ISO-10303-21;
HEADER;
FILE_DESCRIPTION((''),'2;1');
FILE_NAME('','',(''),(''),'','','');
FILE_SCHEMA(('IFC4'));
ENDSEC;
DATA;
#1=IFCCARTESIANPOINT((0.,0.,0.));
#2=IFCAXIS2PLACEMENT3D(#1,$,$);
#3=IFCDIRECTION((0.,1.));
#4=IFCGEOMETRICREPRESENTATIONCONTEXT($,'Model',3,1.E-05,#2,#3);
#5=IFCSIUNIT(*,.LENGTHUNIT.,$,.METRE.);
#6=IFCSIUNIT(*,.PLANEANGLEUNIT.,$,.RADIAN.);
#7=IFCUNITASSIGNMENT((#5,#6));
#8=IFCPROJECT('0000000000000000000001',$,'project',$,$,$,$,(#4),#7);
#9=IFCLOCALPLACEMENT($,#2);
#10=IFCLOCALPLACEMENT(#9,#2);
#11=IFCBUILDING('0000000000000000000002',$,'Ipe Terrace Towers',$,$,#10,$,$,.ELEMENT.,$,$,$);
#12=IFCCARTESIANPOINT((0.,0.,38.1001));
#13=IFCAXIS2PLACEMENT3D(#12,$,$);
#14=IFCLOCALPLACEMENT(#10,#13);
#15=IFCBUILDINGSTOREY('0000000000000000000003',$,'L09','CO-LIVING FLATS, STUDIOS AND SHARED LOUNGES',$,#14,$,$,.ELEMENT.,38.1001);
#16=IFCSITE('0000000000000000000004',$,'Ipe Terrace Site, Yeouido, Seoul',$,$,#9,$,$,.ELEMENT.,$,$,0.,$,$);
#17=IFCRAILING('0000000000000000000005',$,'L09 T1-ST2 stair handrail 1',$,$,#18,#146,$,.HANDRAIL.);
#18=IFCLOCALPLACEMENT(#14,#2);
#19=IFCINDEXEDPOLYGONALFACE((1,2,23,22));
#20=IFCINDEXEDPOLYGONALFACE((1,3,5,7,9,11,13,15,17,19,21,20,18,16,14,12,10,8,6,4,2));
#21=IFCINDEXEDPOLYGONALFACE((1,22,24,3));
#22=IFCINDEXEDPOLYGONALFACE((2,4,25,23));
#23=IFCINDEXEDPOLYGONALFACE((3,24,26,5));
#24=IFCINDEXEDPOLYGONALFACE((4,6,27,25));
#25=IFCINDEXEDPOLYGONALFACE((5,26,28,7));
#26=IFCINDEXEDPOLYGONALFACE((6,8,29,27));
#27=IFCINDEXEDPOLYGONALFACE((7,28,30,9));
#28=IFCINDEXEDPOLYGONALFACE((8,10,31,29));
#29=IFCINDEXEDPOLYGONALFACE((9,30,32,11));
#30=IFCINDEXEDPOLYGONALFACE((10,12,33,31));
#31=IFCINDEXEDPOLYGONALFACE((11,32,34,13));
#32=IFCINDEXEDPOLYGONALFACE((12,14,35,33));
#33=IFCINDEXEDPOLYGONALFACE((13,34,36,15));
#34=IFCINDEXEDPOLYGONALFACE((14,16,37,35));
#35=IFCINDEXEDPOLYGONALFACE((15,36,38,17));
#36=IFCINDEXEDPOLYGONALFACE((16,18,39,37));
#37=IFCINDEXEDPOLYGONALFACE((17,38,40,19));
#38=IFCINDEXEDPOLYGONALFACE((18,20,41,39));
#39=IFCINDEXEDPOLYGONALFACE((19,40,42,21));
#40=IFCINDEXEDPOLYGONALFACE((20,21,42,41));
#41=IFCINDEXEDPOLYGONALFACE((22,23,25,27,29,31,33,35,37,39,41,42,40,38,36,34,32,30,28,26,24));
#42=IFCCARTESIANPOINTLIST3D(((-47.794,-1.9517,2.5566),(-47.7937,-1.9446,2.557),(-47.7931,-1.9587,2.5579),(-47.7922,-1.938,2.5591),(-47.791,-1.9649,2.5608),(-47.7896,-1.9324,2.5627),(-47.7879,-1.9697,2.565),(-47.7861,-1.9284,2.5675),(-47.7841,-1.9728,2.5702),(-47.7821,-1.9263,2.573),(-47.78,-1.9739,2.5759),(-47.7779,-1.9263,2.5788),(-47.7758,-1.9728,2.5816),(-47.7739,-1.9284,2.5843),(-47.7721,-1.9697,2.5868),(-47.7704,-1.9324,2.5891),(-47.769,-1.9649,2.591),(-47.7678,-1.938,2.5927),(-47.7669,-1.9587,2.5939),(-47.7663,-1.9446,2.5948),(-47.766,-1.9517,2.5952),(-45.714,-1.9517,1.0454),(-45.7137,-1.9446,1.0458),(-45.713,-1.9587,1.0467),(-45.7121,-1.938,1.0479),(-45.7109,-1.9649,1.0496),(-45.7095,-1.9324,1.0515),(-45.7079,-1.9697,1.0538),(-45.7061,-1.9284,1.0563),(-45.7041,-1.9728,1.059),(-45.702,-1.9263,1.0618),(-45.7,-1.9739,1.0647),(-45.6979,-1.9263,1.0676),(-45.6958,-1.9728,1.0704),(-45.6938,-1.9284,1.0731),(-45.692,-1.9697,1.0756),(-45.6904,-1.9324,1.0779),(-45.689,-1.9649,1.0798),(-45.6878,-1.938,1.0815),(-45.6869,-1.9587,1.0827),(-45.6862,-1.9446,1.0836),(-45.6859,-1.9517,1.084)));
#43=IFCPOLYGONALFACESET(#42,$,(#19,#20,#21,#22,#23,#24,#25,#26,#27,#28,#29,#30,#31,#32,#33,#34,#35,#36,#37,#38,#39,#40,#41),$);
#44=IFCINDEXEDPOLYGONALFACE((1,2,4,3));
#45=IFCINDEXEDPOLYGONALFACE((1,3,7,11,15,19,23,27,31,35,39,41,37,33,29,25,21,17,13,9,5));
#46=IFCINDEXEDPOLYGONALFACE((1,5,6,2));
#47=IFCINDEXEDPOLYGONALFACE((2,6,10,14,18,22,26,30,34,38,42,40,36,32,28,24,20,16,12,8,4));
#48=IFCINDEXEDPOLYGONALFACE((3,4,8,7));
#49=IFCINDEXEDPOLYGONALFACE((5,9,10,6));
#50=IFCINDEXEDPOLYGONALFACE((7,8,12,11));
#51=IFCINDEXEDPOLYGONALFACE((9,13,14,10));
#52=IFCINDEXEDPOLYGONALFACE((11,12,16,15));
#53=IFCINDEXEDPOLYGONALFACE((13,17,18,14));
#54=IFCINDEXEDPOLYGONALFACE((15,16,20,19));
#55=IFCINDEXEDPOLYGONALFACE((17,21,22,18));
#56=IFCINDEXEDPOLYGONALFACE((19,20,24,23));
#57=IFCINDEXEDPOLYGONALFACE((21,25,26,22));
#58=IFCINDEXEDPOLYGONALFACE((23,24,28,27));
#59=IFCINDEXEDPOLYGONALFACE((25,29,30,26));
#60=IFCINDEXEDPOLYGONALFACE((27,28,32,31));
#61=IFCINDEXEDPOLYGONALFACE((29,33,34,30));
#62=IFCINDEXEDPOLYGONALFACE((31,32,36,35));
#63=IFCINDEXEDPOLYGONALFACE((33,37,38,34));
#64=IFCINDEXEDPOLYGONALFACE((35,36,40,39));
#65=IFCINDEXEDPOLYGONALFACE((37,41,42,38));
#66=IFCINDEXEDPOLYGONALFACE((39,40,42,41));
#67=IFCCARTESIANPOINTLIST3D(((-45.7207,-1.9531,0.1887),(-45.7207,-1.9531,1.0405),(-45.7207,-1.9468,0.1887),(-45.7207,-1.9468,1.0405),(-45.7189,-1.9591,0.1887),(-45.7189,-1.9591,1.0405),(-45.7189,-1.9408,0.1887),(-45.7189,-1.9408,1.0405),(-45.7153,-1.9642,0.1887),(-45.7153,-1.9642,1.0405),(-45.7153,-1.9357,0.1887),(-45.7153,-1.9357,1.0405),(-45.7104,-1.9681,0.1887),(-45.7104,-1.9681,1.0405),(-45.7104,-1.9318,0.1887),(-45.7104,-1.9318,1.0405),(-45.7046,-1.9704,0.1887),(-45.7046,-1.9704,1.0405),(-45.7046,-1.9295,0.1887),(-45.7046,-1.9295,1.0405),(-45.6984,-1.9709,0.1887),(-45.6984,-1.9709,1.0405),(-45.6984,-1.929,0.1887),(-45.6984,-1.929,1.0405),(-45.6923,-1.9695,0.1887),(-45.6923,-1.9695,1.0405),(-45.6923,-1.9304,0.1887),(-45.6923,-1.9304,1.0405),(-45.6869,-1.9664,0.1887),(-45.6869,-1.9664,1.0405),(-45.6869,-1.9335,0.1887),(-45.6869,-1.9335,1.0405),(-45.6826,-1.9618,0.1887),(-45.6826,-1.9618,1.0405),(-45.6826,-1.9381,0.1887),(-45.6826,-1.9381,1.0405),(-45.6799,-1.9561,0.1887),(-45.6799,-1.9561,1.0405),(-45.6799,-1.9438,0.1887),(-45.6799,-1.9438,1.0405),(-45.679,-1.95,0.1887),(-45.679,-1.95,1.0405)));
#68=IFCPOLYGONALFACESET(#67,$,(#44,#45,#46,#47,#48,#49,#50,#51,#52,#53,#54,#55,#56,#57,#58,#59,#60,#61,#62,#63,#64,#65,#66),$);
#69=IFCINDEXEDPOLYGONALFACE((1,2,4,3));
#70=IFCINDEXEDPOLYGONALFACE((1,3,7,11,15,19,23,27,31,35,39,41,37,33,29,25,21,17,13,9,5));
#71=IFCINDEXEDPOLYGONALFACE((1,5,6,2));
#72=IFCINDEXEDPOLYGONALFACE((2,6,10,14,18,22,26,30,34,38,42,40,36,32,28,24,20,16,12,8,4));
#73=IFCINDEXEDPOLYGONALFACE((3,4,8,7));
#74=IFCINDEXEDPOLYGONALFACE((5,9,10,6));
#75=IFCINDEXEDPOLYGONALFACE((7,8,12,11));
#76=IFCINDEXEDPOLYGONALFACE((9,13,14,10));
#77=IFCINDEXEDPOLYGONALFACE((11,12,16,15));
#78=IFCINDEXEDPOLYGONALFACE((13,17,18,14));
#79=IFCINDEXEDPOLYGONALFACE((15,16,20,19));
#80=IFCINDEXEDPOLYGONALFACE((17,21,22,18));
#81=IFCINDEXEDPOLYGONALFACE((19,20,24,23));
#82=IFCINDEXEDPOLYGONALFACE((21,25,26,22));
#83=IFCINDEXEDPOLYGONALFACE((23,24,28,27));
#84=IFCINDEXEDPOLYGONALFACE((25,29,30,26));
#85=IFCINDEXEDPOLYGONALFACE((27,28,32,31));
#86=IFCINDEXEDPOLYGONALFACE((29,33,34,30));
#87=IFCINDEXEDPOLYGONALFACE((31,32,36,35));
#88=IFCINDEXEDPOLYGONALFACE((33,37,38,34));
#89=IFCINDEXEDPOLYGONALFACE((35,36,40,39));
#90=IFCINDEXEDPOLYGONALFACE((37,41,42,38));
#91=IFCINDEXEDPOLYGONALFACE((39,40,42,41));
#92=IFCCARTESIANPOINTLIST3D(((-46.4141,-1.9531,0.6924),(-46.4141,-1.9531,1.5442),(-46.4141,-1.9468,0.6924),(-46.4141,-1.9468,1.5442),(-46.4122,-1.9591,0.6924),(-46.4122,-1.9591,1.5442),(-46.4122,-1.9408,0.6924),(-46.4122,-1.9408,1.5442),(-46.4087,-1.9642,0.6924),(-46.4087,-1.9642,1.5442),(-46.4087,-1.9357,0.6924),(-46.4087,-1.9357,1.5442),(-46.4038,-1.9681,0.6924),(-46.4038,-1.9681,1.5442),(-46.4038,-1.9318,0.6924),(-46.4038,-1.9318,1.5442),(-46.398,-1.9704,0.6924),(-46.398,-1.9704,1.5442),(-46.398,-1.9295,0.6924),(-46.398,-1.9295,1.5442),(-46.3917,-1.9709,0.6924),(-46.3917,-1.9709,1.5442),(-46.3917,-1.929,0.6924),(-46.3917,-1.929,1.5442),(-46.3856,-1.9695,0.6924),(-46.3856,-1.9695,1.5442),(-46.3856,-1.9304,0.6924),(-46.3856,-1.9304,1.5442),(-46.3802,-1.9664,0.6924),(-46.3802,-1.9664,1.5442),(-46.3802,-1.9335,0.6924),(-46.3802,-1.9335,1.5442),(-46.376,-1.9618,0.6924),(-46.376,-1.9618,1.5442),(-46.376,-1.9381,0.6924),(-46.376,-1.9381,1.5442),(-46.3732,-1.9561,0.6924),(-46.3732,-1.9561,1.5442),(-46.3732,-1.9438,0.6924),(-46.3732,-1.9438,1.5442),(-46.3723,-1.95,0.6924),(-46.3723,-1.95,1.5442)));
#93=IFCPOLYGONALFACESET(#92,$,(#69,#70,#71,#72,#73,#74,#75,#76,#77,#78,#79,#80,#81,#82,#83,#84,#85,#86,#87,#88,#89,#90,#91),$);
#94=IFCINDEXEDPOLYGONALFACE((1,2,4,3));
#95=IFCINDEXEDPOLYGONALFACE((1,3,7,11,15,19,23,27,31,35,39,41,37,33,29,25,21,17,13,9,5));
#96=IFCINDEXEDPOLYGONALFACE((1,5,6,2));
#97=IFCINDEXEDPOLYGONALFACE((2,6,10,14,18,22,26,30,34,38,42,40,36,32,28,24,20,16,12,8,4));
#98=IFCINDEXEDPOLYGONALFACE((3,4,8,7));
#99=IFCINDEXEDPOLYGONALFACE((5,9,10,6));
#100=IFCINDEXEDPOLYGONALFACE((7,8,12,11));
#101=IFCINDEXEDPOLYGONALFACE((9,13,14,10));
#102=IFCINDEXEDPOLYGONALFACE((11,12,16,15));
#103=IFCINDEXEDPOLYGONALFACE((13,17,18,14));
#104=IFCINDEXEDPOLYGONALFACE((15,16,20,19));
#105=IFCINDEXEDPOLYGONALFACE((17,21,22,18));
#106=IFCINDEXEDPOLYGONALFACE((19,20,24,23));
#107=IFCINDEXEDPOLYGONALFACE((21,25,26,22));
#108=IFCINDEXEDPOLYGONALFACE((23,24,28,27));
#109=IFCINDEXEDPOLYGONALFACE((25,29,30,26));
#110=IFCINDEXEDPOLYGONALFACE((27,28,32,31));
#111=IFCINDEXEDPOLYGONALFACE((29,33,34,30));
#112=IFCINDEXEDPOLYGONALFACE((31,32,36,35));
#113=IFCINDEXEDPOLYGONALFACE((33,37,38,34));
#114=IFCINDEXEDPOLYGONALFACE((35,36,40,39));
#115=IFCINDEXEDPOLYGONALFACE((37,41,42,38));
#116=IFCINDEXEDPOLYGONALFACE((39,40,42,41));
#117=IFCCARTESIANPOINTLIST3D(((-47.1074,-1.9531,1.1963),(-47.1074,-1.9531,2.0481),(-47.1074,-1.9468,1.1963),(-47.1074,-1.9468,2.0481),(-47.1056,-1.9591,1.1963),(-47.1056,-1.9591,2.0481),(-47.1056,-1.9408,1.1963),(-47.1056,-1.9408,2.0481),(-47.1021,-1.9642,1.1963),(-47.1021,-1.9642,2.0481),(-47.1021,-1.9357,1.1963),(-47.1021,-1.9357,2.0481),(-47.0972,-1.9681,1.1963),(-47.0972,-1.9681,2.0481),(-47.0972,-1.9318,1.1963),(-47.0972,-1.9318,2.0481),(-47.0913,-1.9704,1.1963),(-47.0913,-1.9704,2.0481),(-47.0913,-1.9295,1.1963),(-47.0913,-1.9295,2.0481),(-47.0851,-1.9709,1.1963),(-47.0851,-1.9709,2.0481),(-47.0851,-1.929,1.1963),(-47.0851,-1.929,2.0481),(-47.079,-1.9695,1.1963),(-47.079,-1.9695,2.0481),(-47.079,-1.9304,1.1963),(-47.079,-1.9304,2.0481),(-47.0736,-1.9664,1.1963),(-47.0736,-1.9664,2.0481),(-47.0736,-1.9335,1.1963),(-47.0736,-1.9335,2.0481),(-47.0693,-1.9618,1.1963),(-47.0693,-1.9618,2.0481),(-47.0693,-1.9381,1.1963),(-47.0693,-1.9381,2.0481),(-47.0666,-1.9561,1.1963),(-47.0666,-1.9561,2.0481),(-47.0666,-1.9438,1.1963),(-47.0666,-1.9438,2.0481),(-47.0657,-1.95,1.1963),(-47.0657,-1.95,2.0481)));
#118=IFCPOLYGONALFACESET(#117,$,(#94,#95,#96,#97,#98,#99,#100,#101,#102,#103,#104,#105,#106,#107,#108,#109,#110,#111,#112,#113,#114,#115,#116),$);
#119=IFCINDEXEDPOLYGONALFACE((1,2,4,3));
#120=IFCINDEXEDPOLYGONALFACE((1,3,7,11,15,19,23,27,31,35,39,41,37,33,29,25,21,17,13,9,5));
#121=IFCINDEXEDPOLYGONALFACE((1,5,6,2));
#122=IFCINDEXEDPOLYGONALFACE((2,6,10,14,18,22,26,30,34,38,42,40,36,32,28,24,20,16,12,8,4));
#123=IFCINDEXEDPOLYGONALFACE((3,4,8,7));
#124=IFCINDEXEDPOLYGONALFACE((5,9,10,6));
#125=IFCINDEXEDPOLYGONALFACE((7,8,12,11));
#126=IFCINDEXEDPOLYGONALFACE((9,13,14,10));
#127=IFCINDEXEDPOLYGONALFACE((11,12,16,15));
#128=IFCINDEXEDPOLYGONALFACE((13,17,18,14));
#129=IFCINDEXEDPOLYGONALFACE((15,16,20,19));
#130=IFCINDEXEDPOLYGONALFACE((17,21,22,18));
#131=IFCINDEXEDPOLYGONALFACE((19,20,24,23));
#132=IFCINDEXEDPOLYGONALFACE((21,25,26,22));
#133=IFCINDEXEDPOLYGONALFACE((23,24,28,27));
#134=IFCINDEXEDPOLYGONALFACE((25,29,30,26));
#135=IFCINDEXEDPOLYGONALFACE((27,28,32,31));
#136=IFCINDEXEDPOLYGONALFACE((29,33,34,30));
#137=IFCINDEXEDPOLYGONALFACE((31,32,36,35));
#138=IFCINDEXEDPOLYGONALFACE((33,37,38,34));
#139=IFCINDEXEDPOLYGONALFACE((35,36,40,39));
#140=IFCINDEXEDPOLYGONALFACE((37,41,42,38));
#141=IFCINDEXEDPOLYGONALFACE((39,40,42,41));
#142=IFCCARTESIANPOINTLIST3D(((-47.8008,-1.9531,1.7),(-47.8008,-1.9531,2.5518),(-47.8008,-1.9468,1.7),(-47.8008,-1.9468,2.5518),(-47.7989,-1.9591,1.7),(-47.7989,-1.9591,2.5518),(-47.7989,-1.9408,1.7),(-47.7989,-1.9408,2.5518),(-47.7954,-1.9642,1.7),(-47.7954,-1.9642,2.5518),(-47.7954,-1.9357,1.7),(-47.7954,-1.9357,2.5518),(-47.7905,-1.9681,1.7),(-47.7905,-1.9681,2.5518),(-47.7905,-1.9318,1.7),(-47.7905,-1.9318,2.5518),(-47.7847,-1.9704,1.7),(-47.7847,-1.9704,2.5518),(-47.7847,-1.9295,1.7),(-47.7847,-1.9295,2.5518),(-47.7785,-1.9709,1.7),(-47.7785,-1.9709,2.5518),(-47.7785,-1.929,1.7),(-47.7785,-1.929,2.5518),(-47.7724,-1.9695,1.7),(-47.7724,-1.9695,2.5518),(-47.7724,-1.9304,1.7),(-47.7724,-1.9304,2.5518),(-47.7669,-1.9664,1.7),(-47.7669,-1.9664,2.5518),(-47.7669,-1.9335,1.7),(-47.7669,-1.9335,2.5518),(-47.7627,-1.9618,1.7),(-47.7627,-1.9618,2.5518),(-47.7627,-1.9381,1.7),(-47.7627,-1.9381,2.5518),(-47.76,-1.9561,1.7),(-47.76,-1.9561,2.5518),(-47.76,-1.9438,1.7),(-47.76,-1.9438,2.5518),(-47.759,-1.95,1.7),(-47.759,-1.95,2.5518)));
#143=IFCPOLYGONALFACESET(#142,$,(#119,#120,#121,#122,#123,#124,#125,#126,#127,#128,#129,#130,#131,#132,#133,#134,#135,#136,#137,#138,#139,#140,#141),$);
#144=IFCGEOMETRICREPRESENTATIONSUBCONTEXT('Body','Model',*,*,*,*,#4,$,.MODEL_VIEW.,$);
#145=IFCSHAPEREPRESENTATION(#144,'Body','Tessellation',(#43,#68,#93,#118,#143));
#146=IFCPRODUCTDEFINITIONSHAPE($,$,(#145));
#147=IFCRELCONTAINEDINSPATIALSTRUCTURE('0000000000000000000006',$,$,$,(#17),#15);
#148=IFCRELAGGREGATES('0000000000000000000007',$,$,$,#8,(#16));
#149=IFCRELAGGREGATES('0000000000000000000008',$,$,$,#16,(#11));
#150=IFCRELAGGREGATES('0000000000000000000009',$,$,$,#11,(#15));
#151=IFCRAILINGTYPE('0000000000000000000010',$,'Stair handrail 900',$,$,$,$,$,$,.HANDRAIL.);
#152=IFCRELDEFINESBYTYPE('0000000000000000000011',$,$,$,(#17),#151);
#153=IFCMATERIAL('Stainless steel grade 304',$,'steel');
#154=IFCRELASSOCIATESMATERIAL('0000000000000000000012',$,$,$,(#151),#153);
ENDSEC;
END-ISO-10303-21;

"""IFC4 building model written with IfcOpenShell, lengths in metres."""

from ifc_helpers import new_model, si_unit, direction, frame, origin, origin_2d, place, context, subcontext, project, spatial, circle, extrude, material, type_object, element, save


model = new_model("IFC4")

# Units and contexts
model_context = context("Model", 3, precision=1e-05, world=origin(), true_north=direction((0.0, 1.0)))
body_context = subcontext(model_context, "Body", "Model", "MODEL_VIEW")
ifc_project = project(units=[si_unit("LENGTHUNIT", "METRE"), si_unit("PLANEANGLEUNIT", "RADIAN")], contexts=[model_context])

# Site, building, storey
site_placement = place(None, origin())
site = spatial("IfcSite", under=ifc_project, at=site_placement, Name="Ipe Terrace Site, Yeouido, Seoul", CompositionType="ELEMENT", RefElevation=0.0)
building_placement = place(site_placement, origin())
building = spatial("IfcBuilding", under=site, at=building_placement, Name="Ipe Terrace Towers", CompositionType="ELEMENT")
storey_placement = place(building_placement, frame((0.0, 0.0, 38.1001)))
storey = spatial("IfcBuildingStorey", under=building, at=storey_placement, Name="L09", Description="CO-LIVING FLATS, STUDIOS AND SHARED LOUNGES", CompositionType="ELEMENT", Elevation=38.1001)

# Railing
ifc_material_1 = material(Name="Stainless steel grade 304", Category="steel")
railing_type_1 = type_object("IfcRailingType", Name="Stair handrail 900", PredefinedType="HANDRAIL", material=ifc_material_1)
railing_1_placement = place(storey_placement, frame((-45.7, -1.95, 0.1887)))
element("IfcRailing", 1, at=railing_1_placement, inside=storey, type_object=railing_type_1, Name="L09 T1-ST2 stair handrail 1", PredefinedType="HANDRAIL", context=body_context, shape_type="SweptSolid", body=[
    extrude(circle(Radius=0.0239, at=origin_2d()), frame((0.0, 0.0, 0.876), z_axis=(-0.809023, 0.0, 0.587776), x_axis=(0.0, -1.0, 0.0)), (0.0, 0.0, 1.0), 2.571),
    extrude(circle(Radius=0.021, at=origin_2d()), origin(), (0.0, 0.0, 1.0), 0.8518),
    extrude(circle(Radius=0.021, at=origin_2d()), frame((-0.6934, 0.0, 0.5037)), (0.0, 0.0, 1.0), 0.8518),
    extrude(circle(Radius=0.021, at=origin_2d()), frame((-1.3867, 0.0, 1.0076)), (0.0, 0.0, 1.0), 0.8518),
    extrude(circle(Radius=0.021, at=origin_2d()), frame((-2.0801, 0.0, 1.5112)), (0.0, 0.0, 1.0), 0.8518),
])

save(model, "model.ifc")
